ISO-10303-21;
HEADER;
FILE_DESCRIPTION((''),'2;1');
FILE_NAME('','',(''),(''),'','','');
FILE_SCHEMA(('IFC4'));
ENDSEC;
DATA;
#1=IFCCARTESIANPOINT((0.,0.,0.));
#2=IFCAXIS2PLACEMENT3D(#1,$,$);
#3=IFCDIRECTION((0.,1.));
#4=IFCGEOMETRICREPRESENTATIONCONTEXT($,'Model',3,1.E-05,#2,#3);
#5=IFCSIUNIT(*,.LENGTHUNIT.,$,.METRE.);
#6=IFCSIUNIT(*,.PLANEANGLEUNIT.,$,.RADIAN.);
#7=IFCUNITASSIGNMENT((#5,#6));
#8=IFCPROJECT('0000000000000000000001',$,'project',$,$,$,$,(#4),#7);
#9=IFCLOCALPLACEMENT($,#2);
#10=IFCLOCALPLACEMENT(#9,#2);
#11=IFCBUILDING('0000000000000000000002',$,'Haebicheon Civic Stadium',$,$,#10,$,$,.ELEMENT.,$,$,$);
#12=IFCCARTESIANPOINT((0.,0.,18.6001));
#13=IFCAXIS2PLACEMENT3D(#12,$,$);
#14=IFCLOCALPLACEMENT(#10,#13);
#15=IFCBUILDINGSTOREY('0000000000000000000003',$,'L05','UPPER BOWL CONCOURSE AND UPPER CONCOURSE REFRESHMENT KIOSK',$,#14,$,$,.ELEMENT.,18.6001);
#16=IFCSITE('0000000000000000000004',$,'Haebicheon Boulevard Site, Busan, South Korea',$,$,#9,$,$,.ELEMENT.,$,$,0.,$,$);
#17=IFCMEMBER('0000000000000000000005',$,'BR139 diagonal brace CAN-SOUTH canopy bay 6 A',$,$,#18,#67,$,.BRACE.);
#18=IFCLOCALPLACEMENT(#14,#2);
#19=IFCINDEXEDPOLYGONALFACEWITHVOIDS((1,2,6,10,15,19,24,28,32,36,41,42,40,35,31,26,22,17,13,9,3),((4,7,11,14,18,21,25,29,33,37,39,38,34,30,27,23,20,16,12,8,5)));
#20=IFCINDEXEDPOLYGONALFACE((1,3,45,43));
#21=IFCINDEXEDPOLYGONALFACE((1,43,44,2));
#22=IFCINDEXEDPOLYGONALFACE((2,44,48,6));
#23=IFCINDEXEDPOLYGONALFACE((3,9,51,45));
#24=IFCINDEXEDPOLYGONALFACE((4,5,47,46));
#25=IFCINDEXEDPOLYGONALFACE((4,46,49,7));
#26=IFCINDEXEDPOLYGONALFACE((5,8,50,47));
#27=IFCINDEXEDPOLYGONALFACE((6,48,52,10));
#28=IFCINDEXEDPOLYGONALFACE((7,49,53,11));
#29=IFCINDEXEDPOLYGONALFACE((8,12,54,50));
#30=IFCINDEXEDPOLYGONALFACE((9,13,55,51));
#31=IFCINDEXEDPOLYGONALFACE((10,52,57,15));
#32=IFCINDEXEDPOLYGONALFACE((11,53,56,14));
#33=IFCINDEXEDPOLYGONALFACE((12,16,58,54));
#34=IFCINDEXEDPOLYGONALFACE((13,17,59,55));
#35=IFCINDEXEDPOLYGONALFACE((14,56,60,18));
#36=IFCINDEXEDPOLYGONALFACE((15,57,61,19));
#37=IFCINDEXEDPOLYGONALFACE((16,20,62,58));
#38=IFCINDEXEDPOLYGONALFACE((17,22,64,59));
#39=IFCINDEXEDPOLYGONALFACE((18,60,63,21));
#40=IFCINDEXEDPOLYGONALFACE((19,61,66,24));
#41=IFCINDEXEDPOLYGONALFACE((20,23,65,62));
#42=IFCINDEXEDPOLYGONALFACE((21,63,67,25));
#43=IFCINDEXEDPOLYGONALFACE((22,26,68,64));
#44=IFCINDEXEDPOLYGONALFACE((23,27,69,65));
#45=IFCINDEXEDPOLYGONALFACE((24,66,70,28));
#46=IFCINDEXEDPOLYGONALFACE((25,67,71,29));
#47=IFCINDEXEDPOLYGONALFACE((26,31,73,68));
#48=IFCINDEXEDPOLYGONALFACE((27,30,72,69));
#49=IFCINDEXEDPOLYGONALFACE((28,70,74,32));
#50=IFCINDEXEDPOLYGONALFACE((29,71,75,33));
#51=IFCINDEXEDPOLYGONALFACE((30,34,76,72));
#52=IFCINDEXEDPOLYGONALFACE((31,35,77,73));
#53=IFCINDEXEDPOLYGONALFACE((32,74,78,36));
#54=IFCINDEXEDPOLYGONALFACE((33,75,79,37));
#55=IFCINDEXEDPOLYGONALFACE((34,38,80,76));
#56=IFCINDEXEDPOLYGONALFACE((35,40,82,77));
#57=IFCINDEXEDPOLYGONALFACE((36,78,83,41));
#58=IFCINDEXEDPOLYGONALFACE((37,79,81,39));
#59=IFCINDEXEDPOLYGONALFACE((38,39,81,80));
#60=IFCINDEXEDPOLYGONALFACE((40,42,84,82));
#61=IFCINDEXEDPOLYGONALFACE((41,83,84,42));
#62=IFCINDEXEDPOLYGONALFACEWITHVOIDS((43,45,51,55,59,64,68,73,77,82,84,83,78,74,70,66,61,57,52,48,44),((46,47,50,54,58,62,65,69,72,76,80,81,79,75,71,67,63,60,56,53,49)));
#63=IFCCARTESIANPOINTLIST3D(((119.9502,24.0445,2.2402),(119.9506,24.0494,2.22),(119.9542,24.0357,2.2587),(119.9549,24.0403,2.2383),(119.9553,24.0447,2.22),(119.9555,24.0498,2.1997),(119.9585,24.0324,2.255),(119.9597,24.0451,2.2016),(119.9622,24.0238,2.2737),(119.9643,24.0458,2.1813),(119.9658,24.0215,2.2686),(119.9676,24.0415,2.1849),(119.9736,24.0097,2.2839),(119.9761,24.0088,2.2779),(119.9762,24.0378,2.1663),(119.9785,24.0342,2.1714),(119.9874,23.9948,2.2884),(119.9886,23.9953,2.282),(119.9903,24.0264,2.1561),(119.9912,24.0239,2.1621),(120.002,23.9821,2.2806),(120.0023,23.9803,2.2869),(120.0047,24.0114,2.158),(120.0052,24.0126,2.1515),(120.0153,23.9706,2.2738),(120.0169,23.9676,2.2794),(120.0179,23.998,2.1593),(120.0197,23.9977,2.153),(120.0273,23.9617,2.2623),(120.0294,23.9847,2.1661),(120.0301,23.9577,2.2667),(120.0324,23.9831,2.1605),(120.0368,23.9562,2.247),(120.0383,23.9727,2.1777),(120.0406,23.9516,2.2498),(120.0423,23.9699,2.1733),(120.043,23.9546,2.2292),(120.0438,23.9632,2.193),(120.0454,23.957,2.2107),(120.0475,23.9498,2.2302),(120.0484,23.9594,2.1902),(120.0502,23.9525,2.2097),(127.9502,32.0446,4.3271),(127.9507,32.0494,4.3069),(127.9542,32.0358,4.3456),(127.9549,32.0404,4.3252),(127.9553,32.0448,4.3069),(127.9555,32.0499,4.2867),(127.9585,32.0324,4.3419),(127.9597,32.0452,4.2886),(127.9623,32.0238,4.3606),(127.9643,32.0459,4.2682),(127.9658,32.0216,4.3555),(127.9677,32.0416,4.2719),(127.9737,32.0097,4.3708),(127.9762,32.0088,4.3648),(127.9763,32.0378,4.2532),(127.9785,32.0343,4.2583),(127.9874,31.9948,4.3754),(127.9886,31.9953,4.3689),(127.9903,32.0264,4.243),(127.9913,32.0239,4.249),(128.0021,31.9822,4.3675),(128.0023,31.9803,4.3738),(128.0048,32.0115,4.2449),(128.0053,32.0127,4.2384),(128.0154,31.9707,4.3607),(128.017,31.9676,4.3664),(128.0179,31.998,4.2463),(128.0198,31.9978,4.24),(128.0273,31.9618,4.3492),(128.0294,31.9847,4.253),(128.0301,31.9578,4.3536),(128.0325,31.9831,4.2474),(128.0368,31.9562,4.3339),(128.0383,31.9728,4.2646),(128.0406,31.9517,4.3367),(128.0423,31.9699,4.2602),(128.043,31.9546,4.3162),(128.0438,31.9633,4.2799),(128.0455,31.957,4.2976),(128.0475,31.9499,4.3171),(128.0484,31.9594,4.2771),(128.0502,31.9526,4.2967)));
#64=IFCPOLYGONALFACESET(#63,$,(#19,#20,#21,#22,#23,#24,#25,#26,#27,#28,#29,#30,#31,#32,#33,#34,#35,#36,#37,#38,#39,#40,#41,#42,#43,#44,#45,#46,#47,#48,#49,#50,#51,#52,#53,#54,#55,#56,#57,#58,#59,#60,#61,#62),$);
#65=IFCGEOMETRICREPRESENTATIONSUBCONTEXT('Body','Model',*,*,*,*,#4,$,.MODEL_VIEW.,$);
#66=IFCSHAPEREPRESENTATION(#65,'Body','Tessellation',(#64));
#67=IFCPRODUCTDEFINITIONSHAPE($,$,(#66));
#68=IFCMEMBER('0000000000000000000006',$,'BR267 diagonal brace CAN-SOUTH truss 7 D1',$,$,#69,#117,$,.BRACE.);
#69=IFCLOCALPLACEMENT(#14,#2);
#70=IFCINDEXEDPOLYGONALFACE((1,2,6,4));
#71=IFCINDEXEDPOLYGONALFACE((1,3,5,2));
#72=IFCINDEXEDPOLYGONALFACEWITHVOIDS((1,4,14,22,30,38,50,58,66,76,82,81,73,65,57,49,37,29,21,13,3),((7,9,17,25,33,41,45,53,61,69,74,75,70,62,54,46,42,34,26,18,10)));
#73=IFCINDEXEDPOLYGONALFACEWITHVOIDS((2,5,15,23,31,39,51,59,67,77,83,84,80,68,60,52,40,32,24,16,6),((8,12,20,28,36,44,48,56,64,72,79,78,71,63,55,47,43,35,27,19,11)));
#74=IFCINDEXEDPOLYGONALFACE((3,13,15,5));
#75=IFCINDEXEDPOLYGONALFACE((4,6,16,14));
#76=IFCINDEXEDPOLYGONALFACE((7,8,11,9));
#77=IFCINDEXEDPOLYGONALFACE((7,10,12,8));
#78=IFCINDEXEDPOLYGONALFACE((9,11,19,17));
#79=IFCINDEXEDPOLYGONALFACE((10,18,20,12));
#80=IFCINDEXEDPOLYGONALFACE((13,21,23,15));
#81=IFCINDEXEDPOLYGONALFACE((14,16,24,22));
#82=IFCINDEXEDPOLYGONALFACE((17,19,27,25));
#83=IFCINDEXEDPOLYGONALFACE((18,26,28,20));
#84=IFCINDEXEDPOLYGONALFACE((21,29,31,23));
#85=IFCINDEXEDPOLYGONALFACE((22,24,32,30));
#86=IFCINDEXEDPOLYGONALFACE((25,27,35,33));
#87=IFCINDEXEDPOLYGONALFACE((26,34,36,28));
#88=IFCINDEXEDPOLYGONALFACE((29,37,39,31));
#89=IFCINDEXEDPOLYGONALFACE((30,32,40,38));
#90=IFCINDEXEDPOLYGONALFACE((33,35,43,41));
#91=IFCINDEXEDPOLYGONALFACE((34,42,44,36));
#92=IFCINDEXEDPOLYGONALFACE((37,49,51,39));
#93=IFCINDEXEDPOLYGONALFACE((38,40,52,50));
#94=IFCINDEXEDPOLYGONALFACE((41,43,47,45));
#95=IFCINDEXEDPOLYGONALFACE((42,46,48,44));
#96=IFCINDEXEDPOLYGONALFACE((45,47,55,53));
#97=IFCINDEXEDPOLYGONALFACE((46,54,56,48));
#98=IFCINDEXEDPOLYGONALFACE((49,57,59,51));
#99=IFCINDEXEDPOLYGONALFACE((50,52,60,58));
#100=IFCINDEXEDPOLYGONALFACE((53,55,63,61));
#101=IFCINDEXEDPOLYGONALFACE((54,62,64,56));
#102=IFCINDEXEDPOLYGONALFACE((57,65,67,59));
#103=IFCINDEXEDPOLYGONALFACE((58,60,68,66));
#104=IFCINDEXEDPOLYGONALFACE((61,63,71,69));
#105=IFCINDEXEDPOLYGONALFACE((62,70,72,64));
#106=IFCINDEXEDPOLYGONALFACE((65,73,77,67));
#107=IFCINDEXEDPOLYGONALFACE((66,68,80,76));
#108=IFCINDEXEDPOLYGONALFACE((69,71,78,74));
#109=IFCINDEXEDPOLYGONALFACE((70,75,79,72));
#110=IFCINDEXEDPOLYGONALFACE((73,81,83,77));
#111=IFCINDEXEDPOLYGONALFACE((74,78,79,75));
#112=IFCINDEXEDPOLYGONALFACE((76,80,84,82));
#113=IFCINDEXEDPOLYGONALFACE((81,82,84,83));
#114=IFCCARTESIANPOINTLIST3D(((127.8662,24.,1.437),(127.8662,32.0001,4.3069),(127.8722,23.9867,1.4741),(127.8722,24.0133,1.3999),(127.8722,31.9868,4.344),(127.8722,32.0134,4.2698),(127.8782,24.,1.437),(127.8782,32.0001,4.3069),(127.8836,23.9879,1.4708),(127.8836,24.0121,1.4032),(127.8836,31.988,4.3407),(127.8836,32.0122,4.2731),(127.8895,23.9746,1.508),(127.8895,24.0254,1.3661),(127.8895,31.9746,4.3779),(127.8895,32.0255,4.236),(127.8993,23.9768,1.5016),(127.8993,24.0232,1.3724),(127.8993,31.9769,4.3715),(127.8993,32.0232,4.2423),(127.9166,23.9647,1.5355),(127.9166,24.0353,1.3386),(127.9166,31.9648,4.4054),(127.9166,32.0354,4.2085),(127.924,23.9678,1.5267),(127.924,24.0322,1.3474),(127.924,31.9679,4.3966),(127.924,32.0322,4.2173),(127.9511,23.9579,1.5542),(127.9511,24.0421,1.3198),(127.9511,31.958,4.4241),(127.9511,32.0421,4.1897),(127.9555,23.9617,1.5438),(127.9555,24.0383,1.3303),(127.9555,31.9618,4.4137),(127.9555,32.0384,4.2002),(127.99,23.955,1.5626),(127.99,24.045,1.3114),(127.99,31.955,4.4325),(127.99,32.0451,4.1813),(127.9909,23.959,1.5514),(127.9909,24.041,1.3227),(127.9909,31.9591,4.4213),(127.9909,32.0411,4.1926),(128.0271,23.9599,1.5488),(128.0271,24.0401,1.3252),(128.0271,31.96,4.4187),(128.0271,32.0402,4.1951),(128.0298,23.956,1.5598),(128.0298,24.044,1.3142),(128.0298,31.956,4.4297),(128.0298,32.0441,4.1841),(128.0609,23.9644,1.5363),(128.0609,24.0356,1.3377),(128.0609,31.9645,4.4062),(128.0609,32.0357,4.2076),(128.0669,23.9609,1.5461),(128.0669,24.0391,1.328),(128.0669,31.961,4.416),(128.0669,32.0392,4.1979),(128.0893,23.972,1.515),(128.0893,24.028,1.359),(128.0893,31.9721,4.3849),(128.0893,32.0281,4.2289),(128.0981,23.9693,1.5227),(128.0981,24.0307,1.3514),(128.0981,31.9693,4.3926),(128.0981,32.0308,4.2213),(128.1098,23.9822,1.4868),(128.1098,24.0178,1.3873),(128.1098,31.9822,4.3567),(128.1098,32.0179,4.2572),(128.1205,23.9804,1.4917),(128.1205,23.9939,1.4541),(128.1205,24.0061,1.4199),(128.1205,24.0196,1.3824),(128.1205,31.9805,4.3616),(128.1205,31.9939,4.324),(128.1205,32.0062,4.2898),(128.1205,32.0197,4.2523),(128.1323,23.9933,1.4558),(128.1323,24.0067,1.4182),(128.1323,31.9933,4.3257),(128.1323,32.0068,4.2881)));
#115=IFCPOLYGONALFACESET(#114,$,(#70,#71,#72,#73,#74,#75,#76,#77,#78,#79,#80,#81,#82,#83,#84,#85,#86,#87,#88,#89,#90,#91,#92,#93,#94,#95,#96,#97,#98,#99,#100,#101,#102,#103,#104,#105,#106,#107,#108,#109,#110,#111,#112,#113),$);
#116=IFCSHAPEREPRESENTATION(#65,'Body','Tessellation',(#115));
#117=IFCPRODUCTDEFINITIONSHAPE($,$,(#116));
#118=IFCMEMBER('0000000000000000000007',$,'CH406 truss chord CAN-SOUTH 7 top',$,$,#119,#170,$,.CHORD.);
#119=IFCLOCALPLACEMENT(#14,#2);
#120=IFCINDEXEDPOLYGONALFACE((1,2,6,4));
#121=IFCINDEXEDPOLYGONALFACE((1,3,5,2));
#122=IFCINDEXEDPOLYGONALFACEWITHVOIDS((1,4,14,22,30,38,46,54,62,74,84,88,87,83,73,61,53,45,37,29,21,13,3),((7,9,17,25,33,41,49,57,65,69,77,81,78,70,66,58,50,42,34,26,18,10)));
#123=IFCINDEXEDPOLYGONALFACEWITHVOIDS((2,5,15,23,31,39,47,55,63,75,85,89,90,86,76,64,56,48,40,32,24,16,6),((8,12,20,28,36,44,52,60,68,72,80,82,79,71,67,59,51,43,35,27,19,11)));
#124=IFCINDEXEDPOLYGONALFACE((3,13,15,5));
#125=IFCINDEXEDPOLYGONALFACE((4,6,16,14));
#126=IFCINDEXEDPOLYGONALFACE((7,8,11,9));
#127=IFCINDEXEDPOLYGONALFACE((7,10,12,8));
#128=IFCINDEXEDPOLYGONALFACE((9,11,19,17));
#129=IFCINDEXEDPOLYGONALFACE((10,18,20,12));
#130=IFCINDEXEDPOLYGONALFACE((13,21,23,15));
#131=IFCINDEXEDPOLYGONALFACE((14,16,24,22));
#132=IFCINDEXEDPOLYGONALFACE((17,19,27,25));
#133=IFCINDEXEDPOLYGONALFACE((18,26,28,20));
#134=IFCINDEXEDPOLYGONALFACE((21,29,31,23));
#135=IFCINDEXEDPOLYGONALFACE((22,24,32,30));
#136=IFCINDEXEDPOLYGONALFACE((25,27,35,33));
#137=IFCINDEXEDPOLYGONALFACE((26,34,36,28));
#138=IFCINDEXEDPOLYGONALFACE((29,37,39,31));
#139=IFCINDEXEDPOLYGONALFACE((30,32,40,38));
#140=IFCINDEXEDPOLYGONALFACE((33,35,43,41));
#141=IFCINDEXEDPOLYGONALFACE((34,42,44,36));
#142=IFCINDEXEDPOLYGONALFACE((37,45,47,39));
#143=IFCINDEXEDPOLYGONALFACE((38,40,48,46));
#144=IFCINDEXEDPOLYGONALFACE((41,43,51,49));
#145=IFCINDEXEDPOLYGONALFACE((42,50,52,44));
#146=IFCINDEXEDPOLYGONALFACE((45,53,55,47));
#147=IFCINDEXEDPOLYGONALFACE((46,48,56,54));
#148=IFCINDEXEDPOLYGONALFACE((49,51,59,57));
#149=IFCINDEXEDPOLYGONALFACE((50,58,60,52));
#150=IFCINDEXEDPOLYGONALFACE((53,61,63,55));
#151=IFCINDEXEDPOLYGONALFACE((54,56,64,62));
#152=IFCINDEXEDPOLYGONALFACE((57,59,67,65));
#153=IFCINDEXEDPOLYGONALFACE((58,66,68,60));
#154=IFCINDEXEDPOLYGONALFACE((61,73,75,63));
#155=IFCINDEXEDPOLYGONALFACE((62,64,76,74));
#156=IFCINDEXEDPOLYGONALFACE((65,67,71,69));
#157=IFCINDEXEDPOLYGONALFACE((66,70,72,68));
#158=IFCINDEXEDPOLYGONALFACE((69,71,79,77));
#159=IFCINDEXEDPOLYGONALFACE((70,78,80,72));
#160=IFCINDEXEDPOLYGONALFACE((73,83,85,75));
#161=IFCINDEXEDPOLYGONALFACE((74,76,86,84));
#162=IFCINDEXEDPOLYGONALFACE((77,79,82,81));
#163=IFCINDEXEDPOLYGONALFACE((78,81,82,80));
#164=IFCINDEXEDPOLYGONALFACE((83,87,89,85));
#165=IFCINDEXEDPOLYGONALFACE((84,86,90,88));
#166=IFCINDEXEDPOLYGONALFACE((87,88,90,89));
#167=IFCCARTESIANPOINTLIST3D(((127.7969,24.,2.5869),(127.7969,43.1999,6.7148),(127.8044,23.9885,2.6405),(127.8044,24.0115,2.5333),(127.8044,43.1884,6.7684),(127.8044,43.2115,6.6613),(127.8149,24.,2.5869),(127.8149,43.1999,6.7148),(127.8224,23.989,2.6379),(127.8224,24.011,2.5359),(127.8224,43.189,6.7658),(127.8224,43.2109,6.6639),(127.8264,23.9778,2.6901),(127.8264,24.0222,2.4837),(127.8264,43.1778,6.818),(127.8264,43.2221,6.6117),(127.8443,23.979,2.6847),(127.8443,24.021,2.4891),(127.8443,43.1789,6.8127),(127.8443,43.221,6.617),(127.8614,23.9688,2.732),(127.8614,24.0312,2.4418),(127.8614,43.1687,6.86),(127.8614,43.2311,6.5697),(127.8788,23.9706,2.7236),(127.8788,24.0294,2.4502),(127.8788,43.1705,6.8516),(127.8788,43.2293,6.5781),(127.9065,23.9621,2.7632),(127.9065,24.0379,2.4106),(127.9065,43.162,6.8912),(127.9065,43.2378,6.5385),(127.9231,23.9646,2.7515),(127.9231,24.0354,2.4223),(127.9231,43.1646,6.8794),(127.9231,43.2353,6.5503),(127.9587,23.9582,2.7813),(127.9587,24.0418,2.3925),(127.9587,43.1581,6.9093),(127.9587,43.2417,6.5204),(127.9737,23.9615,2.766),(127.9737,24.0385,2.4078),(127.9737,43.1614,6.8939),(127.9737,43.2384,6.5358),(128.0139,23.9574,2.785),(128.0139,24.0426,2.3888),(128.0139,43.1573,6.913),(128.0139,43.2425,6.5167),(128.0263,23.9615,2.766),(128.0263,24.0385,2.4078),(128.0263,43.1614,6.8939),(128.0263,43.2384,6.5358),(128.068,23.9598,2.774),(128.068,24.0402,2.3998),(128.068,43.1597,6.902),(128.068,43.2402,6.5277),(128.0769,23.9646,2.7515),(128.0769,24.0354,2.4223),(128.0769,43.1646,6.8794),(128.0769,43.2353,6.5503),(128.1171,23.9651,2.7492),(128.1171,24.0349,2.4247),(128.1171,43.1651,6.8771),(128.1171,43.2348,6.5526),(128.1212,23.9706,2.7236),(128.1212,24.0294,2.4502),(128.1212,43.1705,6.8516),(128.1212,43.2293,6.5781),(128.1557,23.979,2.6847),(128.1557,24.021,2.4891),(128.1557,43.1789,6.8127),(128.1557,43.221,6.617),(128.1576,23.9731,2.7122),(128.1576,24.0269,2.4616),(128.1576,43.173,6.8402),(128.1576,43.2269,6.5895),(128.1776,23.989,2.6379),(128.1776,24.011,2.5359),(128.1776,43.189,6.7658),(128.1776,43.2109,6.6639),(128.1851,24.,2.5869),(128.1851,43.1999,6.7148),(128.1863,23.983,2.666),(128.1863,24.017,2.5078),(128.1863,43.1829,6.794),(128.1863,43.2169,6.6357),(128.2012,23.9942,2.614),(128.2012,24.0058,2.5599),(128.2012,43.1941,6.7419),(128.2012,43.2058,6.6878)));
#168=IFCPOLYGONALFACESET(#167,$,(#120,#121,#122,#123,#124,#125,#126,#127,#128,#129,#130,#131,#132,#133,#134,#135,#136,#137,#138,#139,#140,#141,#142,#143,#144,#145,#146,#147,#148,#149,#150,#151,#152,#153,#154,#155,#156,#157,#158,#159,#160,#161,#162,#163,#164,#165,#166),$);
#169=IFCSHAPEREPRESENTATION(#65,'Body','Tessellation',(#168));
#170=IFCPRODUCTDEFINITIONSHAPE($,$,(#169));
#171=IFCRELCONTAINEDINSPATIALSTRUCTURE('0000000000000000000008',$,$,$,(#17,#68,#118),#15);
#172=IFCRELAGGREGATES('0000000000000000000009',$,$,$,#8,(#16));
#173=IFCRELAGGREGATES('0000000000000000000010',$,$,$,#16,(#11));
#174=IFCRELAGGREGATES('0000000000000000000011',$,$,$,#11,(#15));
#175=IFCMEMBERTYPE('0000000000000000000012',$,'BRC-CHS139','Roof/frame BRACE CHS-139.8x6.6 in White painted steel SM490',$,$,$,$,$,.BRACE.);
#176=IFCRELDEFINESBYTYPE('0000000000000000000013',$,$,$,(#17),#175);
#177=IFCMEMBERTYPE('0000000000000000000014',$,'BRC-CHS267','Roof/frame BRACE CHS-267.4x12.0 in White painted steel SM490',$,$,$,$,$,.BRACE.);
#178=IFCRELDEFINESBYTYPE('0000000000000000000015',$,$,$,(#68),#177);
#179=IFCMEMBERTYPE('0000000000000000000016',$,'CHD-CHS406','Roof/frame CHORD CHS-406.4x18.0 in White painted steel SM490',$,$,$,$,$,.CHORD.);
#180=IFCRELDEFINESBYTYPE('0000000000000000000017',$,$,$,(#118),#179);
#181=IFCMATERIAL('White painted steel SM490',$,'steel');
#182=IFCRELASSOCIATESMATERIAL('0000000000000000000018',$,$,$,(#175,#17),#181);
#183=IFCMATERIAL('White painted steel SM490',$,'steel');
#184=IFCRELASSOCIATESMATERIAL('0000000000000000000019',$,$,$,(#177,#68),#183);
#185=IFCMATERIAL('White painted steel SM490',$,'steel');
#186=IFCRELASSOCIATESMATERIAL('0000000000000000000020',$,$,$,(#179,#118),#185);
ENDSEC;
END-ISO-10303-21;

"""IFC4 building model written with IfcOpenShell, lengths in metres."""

from ifc_helpers import new_model, si_unit, direction, frame, origin, origin_2d, place, context, subcontext, project, spatial, hollow_circle, extrude, material, material_profile, profile_set, type_object, element, save


model = new_model("IFC4")

# Units and contexts
model_context = context("Model", 3, precision=1e-05, world=origin(), true_north=direction((0.0, 1.0)))
body_context = subcontext(model_context, "Body", "Model", "MODEL_VIEW")
ifc_project = project(units=[si_unit("LENGTHUNIT", "METRE"), si_unit("PLANEANGLEUNIT", "RADIAN")], contexts=[model_context])

# Site, building, storey
site_placement = place(None, origin())
site = spatial("IfcSite", under=ifc_project, at=site_placement, Name="Haebicheon Boulevard Site, Busan, South Korea", CompositionType="ELEMENT", RefElevation=0.0)
building_placement = place(site_placement, origin())
building = spatial("IfcBuilding", under=site, at=building_placement, Name="Haebicheon Civic Stadium", CompositionType="ELEMENT")
storey_placement = place(building_placement, frame((0.0, 0.0, 18.6001)))
storey = spatial("IfcBuildingStorey", under=building, at=storey_placement, Name="L05", Description="UPPER BOWL CONCOURSE AND UPPER CONCOURSE REFRESHMENT KIOSK", CompositionType="ELEMENT", Elevation=18.6001)

# Members
ifc_material_1 = material(Name="White painted steel SM490", Category="steel")
ifc_material_profile_1 = material_profile(ifc_material_1, hollow_circle(Radius=0.0698, WallThickness=0.0066, at=origin_2d()), Name="CHS-139.8x6.6")
ifc_profile_set_1 = profile_set([ifc_material_profile_1], Name="White painted steel SM490")
member_type_1 = type_object("IfcMemberType", Name="BRC-CHS139", Description="Roof/frame BRACE CHS-139.8x6.6 in White painted steel SM490", PredefinedType="BRACE", material=ifc_profile_set_1)
member_1_placement = place(storey_placement, frame((120.0, 24.0, 2.22), z_axis=(0.695376, 0.695376, 0.181399), x_axis=(-0.707107, 0.707107, 0.0)))
element("IfcMember", 1, at=member_1_placement, inside=storey, type_object=member_type_1, material=ifc_profile_set_1, Name="BR139 diagonal brace CAN-SOUTH canopy bay 6 A", PredefinedType="BRACE", context=body_context, shape_type="SweptSolid", body=[
    extrude(hollow_circle(Radius=0.0698, WallThickness=0.0066, at=origin_2d()), origin(), (0.0, 0.0, 1.0), 11.5046),
])
ifc_material_2 = material(Name="White painted steel SM490", Category="steel")
ifc_material_profile_2 = material_profile(ifc_material_2, hollow_circle(Radius=0.1338, WallThickness=0.012, at=origin_2d()), Name="CHS-267.4x12.0")
ifc_profile_set_2 = profile_set([ifc_material_profile_2], Name="White painted steel SM490")
member_type_2 = type_object("IfcMemberType", Name="BRC-CHS267", Description="Roof/frame BRACE CHS-267.4x12.0 in White painted steel SM490", PredefinedType="BRACE", material=ifc_profile_set_2)
member_2_placement = place(storey_placement, frame((128.0, 24.0, 1.437), z_axis=(0.0, 0.941267, 0.337664), x_axis=(-1.0, 0.0, 0.0)))
element("IfcMember", 2, at=member_2_placement, inside=storey, type_object=member_type_2, material=ifc_profile_set_2, Name="BR267 diagonal brace CAN-SOUTH truss 7 D1", PredefinedType="BRACE", context=body_context, shape_type="SweptSolid", body=[
    extrude(hollow_circle(Radius=0.1338, WallThickness=0.012, at=origin_2d()), origin(), (0.0, 0.0, 1.0), 8.4993),
])
ifc_material_3 = material(Name="White painted steel SM490", Category="steel")
ifc_material_profile_3 = material_profile(ifc_material_3, hollow_circle(Radius=0.2031, WallThickness=0.0181, at=origin_2d()), Name="CHS-406.4x18.0")
ifc_profile_set_3 = profile_set([ifc_material_profile_3], Name="White painted steel SM490")
member_type_3 = type_object("IfcMemberType", Name="CHD-CHS406", Description="Roof/frame CHORD CHS-406.4x18.0 in White painted steel SM490", PredefinedType="CHORD", material=ifc_profile_set_3)
member_3_placement = place(storey_placement, frame((128.0, 24.0, 2.5869), z_axis=(0.0, 0.97766, 0.210194), x_axis=(-1.0, 0.0, 0.0)))
element("IfcMember", 3, at=member_3_placement, inside=storey, type_object=member_type_3, material=ifc_profile_set_3, Name="CH406 truss chord CAN-SOUTH 7 top", PredefinedType="CHORD", context=body_context, shape_type="SweptSolid", body=[
    extrude(hollow_circle(Radius=0.2031, WallThickness=0.0181, at=origin_2d()), origin(), (0.0, 0.0, 1.0), 19.6387),
])

save(model, "model.ifc")
